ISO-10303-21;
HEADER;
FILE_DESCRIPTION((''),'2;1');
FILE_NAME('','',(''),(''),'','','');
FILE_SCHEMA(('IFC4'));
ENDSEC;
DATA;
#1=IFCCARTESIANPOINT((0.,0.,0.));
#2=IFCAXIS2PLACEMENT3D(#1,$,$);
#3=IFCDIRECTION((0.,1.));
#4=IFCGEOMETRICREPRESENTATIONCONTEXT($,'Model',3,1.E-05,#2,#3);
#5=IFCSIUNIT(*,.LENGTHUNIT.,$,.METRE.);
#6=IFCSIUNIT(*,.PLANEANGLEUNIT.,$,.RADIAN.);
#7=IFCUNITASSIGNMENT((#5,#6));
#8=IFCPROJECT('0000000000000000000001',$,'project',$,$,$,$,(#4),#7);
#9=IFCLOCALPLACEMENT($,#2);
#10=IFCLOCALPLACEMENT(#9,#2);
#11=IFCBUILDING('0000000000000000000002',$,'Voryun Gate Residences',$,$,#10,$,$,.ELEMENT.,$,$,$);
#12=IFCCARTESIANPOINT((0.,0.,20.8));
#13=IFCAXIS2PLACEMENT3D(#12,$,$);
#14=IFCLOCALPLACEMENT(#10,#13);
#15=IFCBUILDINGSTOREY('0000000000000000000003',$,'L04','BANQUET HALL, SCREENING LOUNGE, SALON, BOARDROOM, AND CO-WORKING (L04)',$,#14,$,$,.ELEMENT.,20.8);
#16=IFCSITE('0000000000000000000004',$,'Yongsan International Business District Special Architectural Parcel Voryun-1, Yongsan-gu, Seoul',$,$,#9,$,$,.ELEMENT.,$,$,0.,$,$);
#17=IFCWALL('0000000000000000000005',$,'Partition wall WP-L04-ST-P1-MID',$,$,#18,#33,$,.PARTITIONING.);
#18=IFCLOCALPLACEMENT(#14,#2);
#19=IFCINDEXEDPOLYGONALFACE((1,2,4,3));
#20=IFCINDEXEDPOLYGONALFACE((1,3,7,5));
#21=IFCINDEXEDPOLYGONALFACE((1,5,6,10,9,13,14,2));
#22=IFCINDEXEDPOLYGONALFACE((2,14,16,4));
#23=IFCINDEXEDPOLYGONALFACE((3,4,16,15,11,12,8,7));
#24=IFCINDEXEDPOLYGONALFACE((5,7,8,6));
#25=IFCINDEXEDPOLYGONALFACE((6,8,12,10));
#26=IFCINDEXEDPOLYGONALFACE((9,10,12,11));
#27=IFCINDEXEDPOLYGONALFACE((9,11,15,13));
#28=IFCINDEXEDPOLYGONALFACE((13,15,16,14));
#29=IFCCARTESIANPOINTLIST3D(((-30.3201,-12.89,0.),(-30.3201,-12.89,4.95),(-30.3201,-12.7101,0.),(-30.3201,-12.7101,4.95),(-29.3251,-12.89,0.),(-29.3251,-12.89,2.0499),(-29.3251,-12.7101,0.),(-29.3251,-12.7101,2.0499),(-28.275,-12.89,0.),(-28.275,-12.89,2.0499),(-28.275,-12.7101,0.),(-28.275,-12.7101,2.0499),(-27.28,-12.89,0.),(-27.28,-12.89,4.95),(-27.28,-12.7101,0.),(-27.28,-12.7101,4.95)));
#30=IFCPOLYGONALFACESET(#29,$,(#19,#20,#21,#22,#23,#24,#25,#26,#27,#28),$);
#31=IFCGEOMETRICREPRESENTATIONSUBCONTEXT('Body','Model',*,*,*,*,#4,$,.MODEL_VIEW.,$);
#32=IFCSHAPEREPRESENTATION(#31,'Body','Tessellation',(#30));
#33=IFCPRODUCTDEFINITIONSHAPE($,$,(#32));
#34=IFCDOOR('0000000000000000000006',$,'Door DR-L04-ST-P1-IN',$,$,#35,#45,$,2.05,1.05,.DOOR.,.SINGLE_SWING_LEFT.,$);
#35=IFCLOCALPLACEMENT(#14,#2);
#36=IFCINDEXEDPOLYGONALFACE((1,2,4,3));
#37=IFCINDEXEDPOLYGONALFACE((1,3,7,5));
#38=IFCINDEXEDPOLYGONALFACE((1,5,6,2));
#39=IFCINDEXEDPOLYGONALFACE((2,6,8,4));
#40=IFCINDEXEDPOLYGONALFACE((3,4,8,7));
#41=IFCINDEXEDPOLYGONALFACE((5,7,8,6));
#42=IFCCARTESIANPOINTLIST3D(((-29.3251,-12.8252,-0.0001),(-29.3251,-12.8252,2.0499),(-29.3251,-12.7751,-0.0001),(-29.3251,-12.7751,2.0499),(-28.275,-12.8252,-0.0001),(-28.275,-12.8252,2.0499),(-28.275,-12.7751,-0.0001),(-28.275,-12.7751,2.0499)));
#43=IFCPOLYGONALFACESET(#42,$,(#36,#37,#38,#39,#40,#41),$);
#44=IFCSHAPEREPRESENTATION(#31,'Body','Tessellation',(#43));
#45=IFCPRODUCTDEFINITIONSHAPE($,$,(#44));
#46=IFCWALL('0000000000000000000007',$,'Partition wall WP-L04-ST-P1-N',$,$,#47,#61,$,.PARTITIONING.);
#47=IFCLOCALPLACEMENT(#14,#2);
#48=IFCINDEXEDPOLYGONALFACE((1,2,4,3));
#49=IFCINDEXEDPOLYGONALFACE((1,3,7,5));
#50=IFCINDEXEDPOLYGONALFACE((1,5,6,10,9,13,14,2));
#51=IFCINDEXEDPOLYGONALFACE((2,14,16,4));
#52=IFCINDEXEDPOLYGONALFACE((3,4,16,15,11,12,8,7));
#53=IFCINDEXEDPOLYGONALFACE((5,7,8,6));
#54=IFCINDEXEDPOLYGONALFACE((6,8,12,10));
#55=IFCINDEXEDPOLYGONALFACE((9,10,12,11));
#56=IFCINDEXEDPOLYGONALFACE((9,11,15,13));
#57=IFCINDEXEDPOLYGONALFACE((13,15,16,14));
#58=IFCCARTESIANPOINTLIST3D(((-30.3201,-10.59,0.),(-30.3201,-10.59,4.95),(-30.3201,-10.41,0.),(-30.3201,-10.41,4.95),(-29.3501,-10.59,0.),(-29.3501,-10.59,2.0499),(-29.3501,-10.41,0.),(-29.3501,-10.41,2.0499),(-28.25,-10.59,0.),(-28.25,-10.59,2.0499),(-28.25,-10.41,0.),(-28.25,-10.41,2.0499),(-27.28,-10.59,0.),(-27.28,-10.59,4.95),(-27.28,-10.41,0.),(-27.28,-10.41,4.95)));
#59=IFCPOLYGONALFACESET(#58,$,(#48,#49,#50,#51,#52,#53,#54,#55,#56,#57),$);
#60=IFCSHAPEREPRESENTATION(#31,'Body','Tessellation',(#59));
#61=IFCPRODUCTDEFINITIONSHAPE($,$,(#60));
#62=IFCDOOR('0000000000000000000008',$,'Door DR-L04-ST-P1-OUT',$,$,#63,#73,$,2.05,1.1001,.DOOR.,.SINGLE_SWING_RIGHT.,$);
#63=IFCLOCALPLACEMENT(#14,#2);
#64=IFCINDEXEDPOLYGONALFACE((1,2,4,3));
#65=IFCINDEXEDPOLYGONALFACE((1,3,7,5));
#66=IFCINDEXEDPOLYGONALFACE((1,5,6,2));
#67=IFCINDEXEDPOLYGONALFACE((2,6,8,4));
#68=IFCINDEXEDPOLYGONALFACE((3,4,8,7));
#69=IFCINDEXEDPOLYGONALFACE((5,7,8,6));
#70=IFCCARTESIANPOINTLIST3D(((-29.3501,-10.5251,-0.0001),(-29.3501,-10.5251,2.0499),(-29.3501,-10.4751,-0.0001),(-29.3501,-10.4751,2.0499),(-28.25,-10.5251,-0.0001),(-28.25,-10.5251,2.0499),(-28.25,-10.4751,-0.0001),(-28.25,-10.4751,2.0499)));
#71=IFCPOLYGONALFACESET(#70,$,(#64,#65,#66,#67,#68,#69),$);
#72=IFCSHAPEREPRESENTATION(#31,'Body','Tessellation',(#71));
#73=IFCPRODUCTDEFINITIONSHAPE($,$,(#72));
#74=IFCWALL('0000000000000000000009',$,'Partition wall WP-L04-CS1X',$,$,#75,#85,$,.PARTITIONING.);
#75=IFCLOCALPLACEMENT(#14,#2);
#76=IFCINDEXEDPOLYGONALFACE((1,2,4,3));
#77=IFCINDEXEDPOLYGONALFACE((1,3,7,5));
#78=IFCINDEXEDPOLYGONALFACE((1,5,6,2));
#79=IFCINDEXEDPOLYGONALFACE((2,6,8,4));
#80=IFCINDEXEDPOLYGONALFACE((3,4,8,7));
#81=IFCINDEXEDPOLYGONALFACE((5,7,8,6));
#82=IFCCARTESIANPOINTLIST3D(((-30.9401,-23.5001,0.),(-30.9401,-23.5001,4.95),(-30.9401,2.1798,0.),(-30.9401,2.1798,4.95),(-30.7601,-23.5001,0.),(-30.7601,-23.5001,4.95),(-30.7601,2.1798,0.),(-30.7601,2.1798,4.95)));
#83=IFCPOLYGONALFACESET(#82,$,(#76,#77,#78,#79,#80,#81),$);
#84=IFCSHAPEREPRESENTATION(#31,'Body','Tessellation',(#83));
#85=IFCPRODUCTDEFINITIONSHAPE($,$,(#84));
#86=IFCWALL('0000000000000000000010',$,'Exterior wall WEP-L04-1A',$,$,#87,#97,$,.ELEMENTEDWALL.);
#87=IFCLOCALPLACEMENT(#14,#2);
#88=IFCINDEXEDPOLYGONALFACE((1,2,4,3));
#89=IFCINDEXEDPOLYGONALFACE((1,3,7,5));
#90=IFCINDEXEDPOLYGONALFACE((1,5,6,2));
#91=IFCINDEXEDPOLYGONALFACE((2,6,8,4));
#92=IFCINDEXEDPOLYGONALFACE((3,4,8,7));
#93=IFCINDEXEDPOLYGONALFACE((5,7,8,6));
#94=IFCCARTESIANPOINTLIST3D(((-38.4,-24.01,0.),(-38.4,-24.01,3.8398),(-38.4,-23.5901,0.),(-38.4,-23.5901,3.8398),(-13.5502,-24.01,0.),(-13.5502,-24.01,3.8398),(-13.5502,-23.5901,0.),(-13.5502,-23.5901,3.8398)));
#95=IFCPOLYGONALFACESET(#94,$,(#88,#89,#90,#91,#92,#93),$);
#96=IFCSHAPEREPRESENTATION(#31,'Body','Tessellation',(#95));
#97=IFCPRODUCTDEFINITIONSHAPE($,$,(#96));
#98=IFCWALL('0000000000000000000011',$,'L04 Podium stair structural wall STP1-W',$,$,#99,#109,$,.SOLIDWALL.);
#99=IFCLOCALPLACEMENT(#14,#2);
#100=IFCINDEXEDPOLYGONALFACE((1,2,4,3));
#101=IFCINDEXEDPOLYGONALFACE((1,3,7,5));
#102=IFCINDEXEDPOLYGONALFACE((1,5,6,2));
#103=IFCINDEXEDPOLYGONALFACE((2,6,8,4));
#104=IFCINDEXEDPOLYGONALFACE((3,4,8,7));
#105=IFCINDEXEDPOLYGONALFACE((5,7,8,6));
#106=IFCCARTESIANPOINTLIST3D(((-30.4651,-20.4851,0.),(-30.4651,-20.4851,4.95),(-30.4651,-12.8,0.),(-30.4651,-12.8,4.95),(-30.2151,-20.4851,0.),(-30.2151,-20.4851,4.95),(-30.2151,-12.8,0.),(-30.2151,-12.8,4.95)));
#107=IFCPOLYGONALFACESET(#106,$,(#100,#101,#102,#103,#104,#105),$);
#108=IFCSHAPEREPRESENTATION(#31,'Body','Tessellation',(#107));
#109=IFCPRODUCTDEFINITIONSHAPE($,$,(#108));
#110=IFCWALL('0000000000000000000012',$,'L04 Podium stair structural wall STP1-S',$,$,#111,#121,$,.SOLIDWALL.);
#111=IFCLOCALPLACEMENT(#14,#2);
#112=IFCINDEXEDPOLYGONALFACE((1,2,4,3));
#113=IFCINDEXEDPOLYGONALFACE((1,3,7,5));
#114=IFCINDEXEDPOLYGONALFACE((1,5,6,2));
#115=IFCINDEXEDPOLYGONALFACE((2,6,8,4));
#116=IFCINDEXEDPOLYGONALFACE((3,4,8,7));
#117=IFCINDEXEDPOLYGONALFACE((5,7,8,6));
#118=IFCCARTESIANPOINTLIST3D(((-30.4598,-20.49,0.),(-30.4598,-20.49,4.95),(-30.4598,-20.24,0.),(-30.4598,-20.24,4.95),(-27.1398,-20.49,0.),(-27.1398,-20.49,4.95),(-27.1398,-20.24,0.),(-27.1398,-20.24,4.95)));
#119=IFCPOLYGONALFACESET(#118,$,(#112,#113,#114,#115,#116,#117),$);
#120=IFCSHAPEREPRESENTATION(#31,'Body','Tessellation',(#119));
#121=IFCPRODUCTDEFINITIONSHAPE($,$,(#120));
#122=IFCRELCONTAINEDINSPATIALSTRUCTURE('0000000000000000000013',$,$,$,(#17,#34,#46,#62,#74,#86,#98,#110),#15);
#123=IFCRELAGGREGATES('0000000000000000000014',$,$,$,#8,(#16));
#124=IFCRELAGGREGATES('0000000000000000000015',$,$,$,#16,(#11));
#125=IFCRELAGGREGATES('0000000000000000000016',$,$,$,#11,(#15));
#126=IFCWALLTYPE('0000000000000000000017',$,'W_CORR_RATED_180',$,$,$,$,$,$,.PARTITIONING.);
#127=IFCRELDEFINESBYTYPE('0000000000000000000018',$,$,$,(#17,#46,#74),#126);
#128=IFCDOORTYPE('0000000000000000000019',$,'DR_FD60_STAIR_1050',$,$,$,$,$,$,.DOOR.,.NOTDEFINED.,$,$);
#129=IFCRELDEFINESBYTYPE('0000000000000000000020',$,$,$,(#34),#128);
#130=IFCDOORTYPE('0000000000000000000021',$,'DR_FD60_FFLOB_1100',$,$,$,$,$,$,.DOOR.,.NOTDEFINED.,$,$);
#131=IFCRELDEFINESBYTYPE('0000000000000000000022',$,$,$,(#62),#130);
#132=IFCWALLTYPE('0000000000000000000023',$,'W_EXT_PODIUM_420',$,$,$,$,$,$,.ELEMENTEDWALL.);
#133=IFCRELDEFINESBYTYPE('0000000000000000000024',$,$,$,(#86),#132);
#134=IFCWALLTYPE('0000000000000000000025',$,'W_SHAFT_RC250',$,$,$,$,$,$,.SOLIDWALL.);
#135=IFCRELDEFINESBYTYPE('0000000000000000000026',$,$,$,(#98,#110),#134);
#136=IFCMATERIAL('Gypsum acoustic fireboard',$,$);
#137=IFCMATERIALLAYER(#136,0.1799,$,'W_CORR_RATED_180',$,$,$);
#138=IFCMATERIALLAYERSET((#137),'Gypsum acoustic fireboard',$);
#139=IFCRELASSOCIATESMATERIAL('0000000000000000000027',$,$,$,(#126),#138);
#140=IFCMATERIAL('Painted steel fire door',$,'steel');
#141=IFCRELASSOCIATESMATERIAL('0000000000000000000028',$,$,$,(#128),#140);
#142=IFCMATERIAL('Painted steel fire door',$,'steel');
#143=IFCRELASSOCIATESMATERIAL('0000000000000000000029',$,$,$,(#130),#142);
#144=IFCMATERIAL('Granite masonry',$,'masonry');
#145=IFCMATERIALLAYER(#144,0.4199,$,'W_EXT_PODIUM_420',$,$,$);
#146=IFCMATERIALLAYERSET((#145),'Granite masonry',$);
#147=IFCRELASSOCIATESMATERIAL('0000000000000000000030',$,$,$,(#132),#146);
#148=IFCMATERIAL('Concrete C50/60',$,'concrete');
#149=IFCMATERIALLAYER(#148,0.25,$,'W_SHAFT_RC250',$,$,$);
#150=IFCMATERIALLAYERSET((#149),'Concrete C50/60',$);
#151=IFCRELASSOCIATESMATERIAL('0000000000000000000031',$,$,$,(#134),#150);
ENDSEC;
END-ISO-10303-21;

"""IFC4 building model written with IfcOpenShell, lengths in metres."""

from ifc_helpers import new_model, si_unit, direction, frame, frame_2d, origin, place, context, subcontext, project, spatial, rectangle, extrude, material, layer, layer_set, type_object, element, fill, save


model = new_model("IFC4")

# Units and contexts
model_context = context("Model", 3, precision=1e-05, world=origin(), true_north=direction((0.0, 1.0)))
body_context = subcontext(model_context, "Body", "Model", "MODEL_VIEW")
ifc_project = project(units=[si_unit("LENGTHUNIT", "METRE"), si_unit("PLANEANGLEUNIT", "RADIAN")], contexts=[model_context])

# Site, building, storey
site_placement = place(None, origin())
site = spatial("IfcSite", under=ifc_project, at=site_placement, Name="Yongsan International Business District Special Architectural Parcel Voryun-1, Yongsan-gu, Seoul", CompositionType="ELEMENT", RefElevation=0.0)
building_placement = place(site_placement, origin())
building = spatial("IfcBuilding", under=site, at=building_placement, Name="Voryun Gate Residences", CompositionType="ELEMENT")
storey_placement = place(building_placement, frame((0.0, 0.0, 20.8)))
storey = spatial("IfcBuildingStorey", under=building, at=storey_placement, Name="L04", Description="BANQUET HALL, SCREENING LOUNGE, SALON, BOARDROOM, AND CO-WORKING (L04)", CompositionType="ELEMENT", Elevation=20.8)

# Shared definitions
ifc_material_1 = material(Name="Gypsum acoustic fireboard")
ifc_layer_1 = layer(ifc_material_1, 0.1799, Name="W_CORR_RATED_180")
ifc_layer_set_1 = layer_set([ifc_layer_1], Name="Gypsum acoustic fireboard")
wall_type_1 = type_object("IfcWallType", Name="W_CORR_RATED_180", PredefinedType="PARTITIONING", material=ifc_layer_set_1)

# Walls, openings, doors
wall_1_placement = place(storey_placement, frame((-30.3201, -12.8, 0.0), z_axis=(0.0, 0.0, 1.0), x_axis=(1.0, 0.0, 0.0)))
wall_1 = element("IfcWall", 1, at=wall_1_placement, inside=storey, type_object=wall_type_1, Name="Partition wall WP-L04-ST-P1-MID", PredefinedType="PARTITIONING", context=body_context, shape_type="SweptSolid", body=[
    extrude(rectangle(XDim=3.04, YDim=0.1799, at=frame_2d((1.52, 0.0))), origin(), (0.0, 0.0, 1.0), 4.95),
])
opening_1_placement = place(wall_1_placement, frame((0.9951, 0.0, 0.0)))
opening_1 = element("IfcOpeningElement", 2, at=opening_1_placement, cuts=wall_1, PredefinedType="OPENING", context=body_context, shape_type="SweptSolid", body=[
    extrude(rectangle(XDim=1.05, YDim=2.05, at=frame_2d((0.5249, 1.0249))), frame((0.0, 0.0999, 0.0), z_axis=(0.0, -1.0, 0.0), x_axis=(1.0, 0.0, 0.0)), (0.0, 0.0, 1.0), 0.2),
])
ifc_material_2 = material(Name="Painted steel fire door", Category="steel")
door_type_1 = type_object("IfcDoorType", Name="DR_FD60_STAIR_1050", OperationType="NOTDEFINED", PredefinedType="DOOR", material=ifc_material_2)
door_1_placement = place(opening_1_placement, origin())
door_1 = element("IfcDoor", 3, at=door_1_placement, inside=storey, type_object=door_type_1, Name="Door DR-L04-ST-P1-IN", OperationType="SINGLE_SWING_LEFT", OverallHeight=2.05, OverallWidth=1.05, PredefinedType="DOOR", context=body_context, shape_type="SweptSolid", body=[
    extrude(rectangle(XDim=1.05, YDim=2.05, at=frame_2d((0.5249, 1.0249))), frame((0.0, 0.0249, 0.0), z_axis=(0.0, -1.0, 0.0), x_axis=(1.0, 0.0, 0.0)), (0.0, 0.0, 1.0), 0.05),
])
fill(opening_1, door_1)
wall_2_placement = place(storey_placement, frame((-30.3201, -10.5, 0.0), z_axis=(0.0, 0.0, 1.0), x_axis=(1.0, 0.0, 0.0)))
wall_2 = element("IfcWall", 4, at=wall_2_placement, inside=storey, type_object=wall_type_1, Name="Partition wall WP-L04-ST-P1-N", PredefinedType="PARTITIONING", context=body_context, shape_type="SweptSolid", body=[
    extrude(rectangle(XDim=3.04, YDim=0.1799, at=frame_2d((1.52, 0.0))), origin(), (0.0, 0.0, 1.0), 4.95),
])
opening_2_placement = place(wall_2_placement, frame((0.97, 0.0, 0.0)))
opening_2 = element("IfcOpeningElement", 5, at=opening_2_placement, cuts=wall_2, PredefinedType="OPENING", context=body_context, shape_type="SweptSolid", body=[
    extrude(rectangle(XDim=1.1001, YDim=2.05, at=frame_2d((0.55, 1.0249))), frame((0.0, 0.0999, 0.0), z_axis=(0.0, -1.0, 0.0), x_axis=(1.0, 0.0, 0.0)), (0.0, 0.0, 1.0), 0.2),
])
ifc_material_3 = material(Name="Painted steel fire door", Category="steel")
door_type_2 = type_object("IfcDoorType", Name="DR_FD60_FFLOB_1100", OperationType="NOTDEFINED", PredefinedType="DOOR", material=ifc_material_3)
door_2_placement = place(opening_2_placement, origin())
door_2 = element("IfcDoor", 6, at=door_2_placement, inside=storey, type_object=door_type_2, Name="Door DR-L04-ST-P1-OUT", OperationType="SINGLE_SWING_RIGHT", OverallHeight=2.05, OverallWidth=1.1001, PredefinedType="DOOR", context=body_context, shape_type="SweptSolid", body=[
    extrude(rectangle(XDim=1.1001, YDim=2.05, at=frame_2d((0.55, 1.0249))), frame((0.0, 0.0249, 0.0), z_axis=(0.0, -1.0, 0.0), x_axis=(1.0, 0.0, 0.0)), (0.0, 0.0, 1.0), 0.05),
])
fill(opening_2, door_2)

# Walls
wall_3_placement = place(storey_placement, frame((-30.8501, -23.5, 0.0), z_axis=(0.0, 0.0, 1.0), x_axis=(0.0, 1.0, 0.0)))
element("IfcWall", 7, at=wall_3_placement, inside=storey, type_object=wall_type_1, Name="Partition wall WP-L04-CS1X", PredefinedType="PARTITIONING", context=body_context, shape_type="SweptSolid", body=[
    extrude(rectangle(XDim=25.6799, YDim=0.1799, at=frame_2d((12.8398, 0.0))), origin(), (0.0, 0.0, 1.0), 4.95),
])
ifc_material_4 = material(Name="Granite masonry", Category="masonry")
ifc_layer_2 = layer(ifc_material_4, 0.4199, Name="W_EXT_PODIUM_420")
ifc_layer_set_2 = layer_set([ifc_layer_2], Name="Granite masonry")
wall_type_2 = type_object("IfcWallType", Name="W_EXT_PODIUM_420", PredefinedType="ELEMENTEDWALL", material=ifc_layer_set_2)
wall_4_placement = place(storey_placement, frame((-38.3999, -23.8, 0.0), z_axis=(0.0, 0.0, 1.0), x_axis=(1.0, 0.0, 0.0)))
element("IfcWall", 8, at=wall_4_placement, inside=storey, type_object=wall_type_2, Name="Exterior wall WEP-L04-1A", PredefinedType="ELEMENTEDWALL", context=body_context, shape_type="SweptSolid", body=[
    extrude(rectangle(XDim=24.8499, YDim=0.4199, at=frame_2d((12.4248, 0.0))), origin(), (0.0, 0.0, 1.0), 3.8398),
])
ifc_material_5 = material(Name="Concrete C50/60", Category="concrete")
ifc_layer_3 = layer(ifc_material_5, 0.25, Name="W_SHAFT_RC250")
ifc_layer_set_3 = layer_set([ifc_layer_3], Name="Concrete C50/60")
wall_type_3 = type_object("IfcWallType", Name="W_SHAFT_RC250", PredefinedType="SOLIDWALL", material=ifc_layer_set_3)
wall_5_placement = place(storey_placement, frame((-30.3401, -20.4851, 0.0), z_axis=(0.0, 0.0, 1.0), x_axis=(0.0, 1.0, 0.0)))
element("IfcWall", 9, at=wall_5_placement, inside=storey, type_object=wall_type_3, Name="L04 Podium stair structural wall STP1-W", PredefinedType="SOLIDWALL", context=body_context, shape_type="SweptSolid", body=[
    extrude(rectangle(XDim=7.6851, YDim=0.25, at=frame_2d((3.8425, 0.0))), origin(), (0.0, 0.0, 1.0), 4.95),
])
wall_6_placement = place(storey_placement, frame((-30.46, -20.365, 0.0), z_axis=(0.0, 0.0, 1.0), x_axis=(1.0, 0.0, 0.0)))
element("IfcWall", 10, at=wall_6_placement, inside=storey, type_object=wall_type_3, Name="L04 Podium stair structural wall STP1-S", PredefinedType="SOLIDWALL", context=body_context, shape_type="SweptSolid", body=[
    extrude(rectangle(XDim=3.3201, YDim=0.25, at=frame_2d((1.6602, 0.0))), origin(), (0.0, 0.0, 1.0), 4.95),
])

save(model, "model.ifc")
